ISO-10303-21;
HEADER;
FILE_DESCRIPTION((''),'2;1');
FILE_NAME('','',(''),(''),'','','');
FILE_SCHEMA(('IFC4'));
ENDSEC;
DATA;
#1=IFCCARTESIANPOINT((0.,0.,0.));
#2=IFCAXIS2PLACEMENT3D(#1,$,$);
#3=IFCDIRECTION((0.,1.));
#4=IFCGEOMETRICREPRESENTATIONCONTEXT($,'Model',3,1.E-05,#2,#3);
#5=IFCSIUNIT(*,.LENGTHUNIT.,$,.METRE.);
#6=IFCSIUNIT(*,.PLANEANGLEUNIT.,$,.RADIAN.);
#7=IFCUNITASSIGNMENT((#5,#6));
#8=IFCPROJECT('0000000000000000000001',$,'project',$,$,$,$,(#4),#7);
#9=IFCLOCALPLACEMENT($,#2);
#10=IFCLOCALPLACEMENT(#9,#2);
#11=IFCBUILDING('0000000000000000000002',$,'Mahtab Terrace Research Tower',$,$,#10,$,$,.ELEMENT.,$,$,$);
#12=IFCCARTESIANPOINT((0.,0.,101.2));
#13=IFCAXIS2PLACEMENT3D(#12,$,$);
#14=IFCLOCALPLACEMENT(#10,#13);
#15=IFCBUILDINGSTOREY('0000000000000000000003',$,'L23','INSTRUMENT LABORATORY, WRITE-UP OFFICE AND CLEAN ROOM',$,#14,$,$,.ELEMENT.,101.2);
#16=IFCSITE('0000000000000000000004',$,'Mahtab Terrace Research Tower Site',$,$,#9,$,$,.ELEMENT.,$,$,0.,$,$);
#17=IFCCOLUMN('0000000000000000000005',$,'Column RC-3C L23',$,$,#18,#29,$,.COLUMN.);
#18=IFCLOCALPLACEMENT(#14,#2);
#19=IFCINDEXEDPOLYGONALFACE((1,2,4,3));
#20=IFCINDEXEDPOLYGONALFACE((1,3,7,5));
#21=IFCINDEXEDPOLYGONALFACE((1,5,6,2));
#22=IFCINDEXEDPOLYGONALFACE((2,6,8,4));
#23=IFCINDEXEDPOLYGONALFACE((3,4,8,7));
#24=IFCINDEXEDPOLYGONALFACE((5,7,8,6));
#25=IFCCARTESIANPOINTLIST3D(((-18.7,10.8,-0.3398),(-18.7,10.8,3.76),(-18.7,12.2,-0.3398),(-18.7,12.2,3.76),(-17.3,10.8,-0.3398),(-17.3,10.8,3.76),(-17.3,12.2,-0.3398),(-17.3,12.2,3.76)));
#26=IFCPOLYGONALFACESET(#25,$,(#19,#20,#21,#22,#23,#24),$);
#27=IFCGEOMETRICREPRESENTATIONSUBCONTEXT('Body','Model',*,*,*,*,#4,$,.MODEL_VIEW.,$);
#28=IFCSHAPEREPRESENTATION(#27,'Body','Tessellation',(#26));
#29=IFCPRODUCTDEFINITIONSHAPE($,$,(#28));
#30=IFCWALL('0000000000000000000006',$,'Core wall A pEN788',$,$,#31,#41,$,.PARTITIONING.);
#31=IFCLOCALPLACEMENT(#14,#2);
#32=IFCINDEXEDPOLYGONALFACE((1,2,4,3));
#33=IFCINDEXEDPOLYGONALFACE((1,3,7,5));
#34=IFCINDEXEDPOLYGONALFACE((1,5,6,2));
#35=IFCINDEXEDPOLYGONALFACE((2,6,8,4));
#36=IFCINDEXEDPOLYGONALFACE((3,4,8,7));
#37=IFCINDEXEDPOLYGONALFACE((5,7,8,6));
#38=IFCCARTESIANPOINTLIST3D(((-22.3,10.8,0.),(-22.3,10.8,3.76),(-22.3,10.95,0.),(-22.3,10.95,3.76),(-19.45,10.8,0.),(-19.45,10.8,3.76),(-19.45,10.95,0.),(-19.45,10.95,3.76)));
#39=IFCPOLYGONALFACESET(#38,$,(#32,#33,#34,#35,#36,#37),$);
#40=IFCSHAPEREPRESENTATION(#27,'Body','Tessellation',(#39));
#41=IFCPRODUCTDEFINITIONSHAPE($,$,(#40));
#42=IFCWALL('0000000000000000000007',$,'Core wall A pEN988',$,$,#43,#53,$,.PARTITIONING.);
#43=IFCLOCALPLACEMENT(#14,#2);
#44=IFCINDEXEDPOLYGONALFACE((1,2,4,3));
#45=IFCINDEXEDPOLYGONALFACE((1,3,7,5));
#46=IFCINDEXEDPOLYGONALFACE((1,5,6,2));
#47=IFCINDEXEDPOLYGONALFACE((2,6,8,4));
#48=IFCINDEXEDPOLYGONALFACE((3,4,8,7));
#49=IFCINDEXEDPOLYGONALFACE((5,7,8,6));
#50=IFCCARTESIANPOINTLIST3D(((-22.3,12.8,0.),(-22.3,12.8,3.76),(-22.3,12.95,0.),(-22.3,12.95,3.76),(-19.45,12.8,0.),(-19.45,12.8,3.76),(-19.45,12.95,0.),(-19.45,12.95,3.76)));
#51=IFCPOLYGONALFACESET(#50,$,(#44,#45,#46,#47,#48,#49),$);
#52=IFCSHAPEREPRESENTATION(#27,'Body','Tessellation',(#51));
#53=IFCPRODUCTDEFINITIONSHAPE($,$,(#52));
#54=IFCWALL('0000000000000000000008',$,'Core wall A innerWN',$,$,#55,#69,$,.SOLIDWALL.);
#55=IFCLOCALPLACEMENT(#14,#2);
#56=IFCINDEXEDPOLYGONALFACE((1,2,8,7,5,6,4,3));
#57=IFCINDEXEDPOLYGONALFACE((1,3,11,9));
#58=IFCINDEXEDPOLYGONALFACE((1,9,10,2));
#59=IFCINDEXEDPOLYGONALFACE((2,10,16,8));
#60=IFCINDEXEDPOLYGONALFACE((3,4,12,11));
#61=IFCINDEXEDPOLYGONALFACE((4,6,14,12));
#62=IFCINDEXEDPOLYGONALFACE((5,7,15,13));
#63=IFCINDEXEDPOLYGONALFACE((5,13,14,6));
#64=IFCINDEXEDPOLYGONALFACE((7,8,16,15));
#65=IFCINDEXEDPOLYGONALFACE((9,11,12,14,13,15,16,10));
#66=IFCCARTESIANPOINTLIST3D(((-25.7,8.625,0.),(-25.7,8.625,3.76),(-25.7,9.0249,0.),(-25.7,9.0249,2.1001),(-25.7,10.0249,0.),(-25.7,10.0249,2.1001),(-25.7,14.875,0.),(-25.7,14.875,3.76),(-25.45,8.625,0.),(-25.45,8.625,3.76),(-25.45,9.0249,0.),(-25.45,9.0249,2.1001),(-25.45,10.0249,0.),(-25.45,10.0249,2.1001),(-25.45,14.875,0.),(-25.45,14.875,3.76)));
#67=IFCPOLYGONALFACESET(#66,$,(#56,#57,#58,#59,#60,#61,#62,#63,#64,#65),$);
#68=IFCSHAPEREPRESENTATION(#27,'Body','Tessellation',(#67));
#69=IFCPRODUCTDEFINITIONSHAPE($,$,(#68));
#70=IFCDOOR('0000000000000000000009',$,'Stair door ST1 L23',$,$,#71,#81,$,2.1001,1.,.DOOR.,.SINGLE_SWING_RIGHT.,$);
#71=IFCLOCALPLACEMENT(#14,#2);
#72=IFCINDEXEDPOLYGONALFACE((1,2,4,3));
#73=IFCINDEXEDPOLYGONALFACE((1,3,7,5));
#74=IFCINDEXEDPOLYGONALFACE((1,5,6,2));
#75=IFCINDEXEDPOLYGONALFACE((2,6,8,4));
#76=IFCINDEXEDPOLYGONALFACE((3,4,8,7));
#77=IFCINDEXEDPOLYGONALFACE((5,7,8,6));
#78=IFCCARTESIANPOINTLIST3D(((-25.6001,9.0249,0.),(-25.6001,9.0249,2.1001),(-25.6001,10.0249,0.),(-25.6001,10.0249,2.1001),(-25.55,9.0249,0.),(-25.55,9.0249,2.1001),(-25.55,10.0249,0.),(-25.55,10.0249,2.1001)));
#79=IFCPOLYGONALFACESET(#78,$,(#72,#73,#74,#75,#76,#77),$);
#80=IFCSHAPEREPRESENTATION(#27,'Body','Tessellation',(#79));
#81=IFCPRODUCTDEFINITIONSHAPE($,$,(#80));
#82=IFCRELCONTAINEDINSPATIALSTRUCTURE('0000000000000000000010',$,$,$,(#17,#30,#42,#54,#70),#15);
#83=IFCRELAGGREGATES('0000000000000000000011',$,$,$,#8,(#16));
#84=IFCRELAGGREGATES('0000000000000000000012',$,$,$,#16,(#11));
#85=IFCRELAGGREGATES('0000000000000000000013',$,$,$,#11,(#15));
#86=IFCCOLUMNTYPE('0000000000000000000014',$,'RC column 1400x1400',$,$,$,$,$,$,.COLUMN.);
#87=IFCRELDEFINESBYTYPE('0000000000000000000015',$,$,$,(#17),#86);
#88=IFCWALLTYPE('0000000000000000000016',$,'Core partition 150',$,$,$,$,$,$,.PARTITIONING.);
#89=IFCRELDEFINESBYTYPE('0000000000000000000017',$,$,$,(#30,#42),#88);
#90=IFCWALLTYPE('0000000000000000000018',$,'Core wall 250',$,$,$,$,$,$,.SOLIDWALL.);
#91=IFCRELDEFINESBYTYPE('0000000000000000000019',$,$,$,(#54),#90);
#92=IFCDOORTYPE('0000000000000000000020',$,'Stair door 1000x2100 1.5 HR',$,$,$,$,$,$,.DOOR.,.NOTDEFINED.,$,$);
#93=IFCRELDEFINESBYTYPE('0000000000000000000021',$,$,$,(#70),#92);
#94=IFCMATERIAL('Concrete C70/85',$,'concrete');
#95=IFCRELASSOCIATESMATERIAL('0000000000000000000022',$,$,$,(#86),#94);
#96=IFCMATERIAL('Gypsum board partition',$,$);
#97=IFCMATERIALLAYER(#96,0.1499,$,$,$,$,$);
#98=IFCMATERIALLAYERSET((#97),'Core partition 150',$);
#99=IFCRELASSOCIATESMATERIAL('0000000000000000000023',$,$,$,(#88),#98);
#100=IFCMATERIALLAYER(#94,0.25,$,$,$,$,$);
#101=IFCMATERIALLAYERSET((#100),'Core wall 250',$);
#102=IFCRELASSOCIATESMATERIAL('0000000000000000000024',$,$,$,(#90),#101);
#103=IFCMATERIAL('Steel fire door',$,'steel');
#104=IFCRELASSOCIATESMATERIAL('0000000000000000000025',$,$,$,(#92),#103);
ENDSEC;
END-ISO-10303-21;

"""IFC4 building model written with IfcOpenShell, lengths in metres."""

from ifc_helpers import new_model, si_unit, direction, frame, frame_2d, origin, origin_2d, place, context, subcontext, project, spatial, rectangle, extrude, material, layer, layer_set, material_profile, profile_set, type_object, element, fill, save


model = new_model("IFC4")

# Units and contexts
model_context = context("Model", 3, precision=1e-05, world=origin(), true_north=direction((0.0, 1.0)))
body_context = subcontext(model_context, "Body", "Model", "MODEL_VIEW")
ifc_project = project(units=[si_unit("LENGTHUNIT", "METRE"), si_unit("PLANEANGLEUNIT", "RADIAN")], contexts=[model_context])

# Site, building, storey
site_placement = place(None, origin())
site = spatial("IfcSite", under=ifc_project, at=site_placement, Name="Mahtab Terrace Research Tower Site", CompositionType="ELEMENT", RefElevation=0.0)
building_placement = place(site_placement, origin())
building = spatial("IfcBuilding", under=site, at=building_placement, Name="Mahtab Terrace Research Tower", CompositionType="ELEMENT")
storey_placement = place(building_placement, frame((0.0, 0.0, 101.2)))
storey = spatial("IfcBuildingStorey", under=building, at=storey_placement, Name="L23", Description="INSTRUMENT LABORATORY, WRITE-UP OFFICE AND CLEAN ROOM", CompositionType="ELEMENT", Elevation=101.2)

# Column
ifc_material_1 = material(Name="Concrete C70/85", Category="concrete")
ifc_material_profile = material_profile(ifc_material_1, rectangle(XDim=1.3999, YDim=1.3999, at=origin_2d()), Name="RC column 1400x1400")
ifc_profile_set = profile_set([ifc_material_profile], Name="Concrete C70/85")
column_type = type_object("IfcColumnType", Name="RC column 1400x1400", PredefinedType="COLUMN", material=ifc_profile_set)
column_placement = place(storey_placement, frame((-18.0, 11.5, -0.3398), z_axis=(0.0, 0.0, 1.0), x_axis=(1.0, 0.0, 0.0)))
element("IfcColumn", 1, at=column_placement, inside=storey, type_object=column_type, Name="Column RC-3C L23", PredefinedType="COLUMN", context=body_context, shape_type="SweptSolid", body=[
    extrude(rectangle(XDim=1.3999, YDim=1.3999, at=origin_2d()), origin(), (0.0, 0.0, 1.0), 4.0999),
])

# Walls
ifc_material_2 = material(Name="Gypsum board partition")
ifc_layer_1 = layer(ifc_material_2, 0.1499)
ifc_layer_set_1 = layer_set([ifc_layer_1], Name="Core partition 150")
wall_type_1 = type_object("IfcWallType", Name="Core partition 150", PredefinedType="PARTITIONING", material=ifc_layer_set_1)
for number, where, z_axis, x_axis, name in (
    (2, (-22.3, 10.875, 0.0), (0.0, 0.0, 1.0), (1.0, 0.0, 0.0), "Core wall A pEN788"),
    (3, (-22.3, 12.875, 0.0), (0.0, 0.0, 1.0), (1.0, 0.0, 0.0), "Core wall A pEN988"),
):
    element("IfcWall", number, at=place(storey_placement, frame(where, z_axis=z_axis, x_axis=x_axis)), inside=storey, type_object=wall_type_1, Name=name, PredefinedType="PARTITIONING", context=body_context, shape_type="SweptSolid", body=[
        extrude(rectangle(XDim=2.8501, YDim=0.1499, at=frame_2d((1.425, 0.0))), origin(), (0.0, 0.0, 1.0), 3.76),
    ])

# Wall, opening, door
ifc_layer_2 = layer(ifc_material_1, 0.25)
ifc_layer_set_2 = layer_set([ifc_layer_2], Name="Core wall 250")
wall_type_2 = type_object("IfcWallType", Name="Core wall 250", PredefinedType="SOLIDWALL", material=ifc_layer_set_2)
wall_1_placement = place(storey_placement, frame((-25.575, 14.875, 0.0), z_axis=(0.0, 0.0, 1.0), x_axis=(0.0, -1.0, 0.0)))
wall_1 = element("IfcWall", 4, at=wall_1_placement, inside=storey, type_object=wall_type_2, Name="Core wall A innerWN", PredefinedType="SOLIDWALL", context=body_context, shape_type="SweptSolid", body=[
    extrude(rectangle(XDim=6.25, YDim=0.25, at=frame_2d((3.125, 0.0))), origin(), (0.0, 0.0, 1.0), 3.76),
])
opening_1_placement = place(wall_1_placement, frame((4.8501, 0.0, 0.0)))
opening_1 = element("IfcOpeningElement", 5, at=opening_1_placement, cuts=wall_1, PredefinedType="OPENING", context=body_context, shape_type="SweptSolid", body=[
    extrude(rectangle(XDim=1.0, YDim=2.1001, at=frame_2d((0.5, 1.05))), frame((0.0, 0.135, 0.0), z_axis=(0.0, -1.0, 0.0), x_axis=(1.0, 0.0, 0.0)), (0.0, 0.0, 1.0), 0.27),
])
ifc_material_3 = material(Name="Steel fire door", Category="steel")
door_type_1 = type_object("IfcDoorType", Name="Stair door 1000x2100 1.5 HR", OperationType="NOTDEFINED", PredefinedType="DOOR", material=ifc_material_3)
door_1_placement = place(opening_1_placement, origin())
door_1 = element("IfcDoor", 6, at=door_1_placement, inside=storey, type_object=door_type_1, Name="Stair door ST1 L23", OperationType="SINGLE_SWING_RIGHT", OverallHeight=2.1001, OverallWidth=1.0, PredefinedType="DOOR", context=body_context, shape_type="SweptSolid", body=[
    extrude(rectangle(XDim=1.0, YDim=2.1001, at=frame_2d((0.5, 1.05))), frame((0.0, 0.0249, 0.0), z_axis=(0.0, -1.0, 0.0), x_axis=(1.0, 0.0, 0.0)), (0.0, 0.0, 1.0), 0.05),
])
fill(opening_1, door_1)

save(model, "model.ifc")
